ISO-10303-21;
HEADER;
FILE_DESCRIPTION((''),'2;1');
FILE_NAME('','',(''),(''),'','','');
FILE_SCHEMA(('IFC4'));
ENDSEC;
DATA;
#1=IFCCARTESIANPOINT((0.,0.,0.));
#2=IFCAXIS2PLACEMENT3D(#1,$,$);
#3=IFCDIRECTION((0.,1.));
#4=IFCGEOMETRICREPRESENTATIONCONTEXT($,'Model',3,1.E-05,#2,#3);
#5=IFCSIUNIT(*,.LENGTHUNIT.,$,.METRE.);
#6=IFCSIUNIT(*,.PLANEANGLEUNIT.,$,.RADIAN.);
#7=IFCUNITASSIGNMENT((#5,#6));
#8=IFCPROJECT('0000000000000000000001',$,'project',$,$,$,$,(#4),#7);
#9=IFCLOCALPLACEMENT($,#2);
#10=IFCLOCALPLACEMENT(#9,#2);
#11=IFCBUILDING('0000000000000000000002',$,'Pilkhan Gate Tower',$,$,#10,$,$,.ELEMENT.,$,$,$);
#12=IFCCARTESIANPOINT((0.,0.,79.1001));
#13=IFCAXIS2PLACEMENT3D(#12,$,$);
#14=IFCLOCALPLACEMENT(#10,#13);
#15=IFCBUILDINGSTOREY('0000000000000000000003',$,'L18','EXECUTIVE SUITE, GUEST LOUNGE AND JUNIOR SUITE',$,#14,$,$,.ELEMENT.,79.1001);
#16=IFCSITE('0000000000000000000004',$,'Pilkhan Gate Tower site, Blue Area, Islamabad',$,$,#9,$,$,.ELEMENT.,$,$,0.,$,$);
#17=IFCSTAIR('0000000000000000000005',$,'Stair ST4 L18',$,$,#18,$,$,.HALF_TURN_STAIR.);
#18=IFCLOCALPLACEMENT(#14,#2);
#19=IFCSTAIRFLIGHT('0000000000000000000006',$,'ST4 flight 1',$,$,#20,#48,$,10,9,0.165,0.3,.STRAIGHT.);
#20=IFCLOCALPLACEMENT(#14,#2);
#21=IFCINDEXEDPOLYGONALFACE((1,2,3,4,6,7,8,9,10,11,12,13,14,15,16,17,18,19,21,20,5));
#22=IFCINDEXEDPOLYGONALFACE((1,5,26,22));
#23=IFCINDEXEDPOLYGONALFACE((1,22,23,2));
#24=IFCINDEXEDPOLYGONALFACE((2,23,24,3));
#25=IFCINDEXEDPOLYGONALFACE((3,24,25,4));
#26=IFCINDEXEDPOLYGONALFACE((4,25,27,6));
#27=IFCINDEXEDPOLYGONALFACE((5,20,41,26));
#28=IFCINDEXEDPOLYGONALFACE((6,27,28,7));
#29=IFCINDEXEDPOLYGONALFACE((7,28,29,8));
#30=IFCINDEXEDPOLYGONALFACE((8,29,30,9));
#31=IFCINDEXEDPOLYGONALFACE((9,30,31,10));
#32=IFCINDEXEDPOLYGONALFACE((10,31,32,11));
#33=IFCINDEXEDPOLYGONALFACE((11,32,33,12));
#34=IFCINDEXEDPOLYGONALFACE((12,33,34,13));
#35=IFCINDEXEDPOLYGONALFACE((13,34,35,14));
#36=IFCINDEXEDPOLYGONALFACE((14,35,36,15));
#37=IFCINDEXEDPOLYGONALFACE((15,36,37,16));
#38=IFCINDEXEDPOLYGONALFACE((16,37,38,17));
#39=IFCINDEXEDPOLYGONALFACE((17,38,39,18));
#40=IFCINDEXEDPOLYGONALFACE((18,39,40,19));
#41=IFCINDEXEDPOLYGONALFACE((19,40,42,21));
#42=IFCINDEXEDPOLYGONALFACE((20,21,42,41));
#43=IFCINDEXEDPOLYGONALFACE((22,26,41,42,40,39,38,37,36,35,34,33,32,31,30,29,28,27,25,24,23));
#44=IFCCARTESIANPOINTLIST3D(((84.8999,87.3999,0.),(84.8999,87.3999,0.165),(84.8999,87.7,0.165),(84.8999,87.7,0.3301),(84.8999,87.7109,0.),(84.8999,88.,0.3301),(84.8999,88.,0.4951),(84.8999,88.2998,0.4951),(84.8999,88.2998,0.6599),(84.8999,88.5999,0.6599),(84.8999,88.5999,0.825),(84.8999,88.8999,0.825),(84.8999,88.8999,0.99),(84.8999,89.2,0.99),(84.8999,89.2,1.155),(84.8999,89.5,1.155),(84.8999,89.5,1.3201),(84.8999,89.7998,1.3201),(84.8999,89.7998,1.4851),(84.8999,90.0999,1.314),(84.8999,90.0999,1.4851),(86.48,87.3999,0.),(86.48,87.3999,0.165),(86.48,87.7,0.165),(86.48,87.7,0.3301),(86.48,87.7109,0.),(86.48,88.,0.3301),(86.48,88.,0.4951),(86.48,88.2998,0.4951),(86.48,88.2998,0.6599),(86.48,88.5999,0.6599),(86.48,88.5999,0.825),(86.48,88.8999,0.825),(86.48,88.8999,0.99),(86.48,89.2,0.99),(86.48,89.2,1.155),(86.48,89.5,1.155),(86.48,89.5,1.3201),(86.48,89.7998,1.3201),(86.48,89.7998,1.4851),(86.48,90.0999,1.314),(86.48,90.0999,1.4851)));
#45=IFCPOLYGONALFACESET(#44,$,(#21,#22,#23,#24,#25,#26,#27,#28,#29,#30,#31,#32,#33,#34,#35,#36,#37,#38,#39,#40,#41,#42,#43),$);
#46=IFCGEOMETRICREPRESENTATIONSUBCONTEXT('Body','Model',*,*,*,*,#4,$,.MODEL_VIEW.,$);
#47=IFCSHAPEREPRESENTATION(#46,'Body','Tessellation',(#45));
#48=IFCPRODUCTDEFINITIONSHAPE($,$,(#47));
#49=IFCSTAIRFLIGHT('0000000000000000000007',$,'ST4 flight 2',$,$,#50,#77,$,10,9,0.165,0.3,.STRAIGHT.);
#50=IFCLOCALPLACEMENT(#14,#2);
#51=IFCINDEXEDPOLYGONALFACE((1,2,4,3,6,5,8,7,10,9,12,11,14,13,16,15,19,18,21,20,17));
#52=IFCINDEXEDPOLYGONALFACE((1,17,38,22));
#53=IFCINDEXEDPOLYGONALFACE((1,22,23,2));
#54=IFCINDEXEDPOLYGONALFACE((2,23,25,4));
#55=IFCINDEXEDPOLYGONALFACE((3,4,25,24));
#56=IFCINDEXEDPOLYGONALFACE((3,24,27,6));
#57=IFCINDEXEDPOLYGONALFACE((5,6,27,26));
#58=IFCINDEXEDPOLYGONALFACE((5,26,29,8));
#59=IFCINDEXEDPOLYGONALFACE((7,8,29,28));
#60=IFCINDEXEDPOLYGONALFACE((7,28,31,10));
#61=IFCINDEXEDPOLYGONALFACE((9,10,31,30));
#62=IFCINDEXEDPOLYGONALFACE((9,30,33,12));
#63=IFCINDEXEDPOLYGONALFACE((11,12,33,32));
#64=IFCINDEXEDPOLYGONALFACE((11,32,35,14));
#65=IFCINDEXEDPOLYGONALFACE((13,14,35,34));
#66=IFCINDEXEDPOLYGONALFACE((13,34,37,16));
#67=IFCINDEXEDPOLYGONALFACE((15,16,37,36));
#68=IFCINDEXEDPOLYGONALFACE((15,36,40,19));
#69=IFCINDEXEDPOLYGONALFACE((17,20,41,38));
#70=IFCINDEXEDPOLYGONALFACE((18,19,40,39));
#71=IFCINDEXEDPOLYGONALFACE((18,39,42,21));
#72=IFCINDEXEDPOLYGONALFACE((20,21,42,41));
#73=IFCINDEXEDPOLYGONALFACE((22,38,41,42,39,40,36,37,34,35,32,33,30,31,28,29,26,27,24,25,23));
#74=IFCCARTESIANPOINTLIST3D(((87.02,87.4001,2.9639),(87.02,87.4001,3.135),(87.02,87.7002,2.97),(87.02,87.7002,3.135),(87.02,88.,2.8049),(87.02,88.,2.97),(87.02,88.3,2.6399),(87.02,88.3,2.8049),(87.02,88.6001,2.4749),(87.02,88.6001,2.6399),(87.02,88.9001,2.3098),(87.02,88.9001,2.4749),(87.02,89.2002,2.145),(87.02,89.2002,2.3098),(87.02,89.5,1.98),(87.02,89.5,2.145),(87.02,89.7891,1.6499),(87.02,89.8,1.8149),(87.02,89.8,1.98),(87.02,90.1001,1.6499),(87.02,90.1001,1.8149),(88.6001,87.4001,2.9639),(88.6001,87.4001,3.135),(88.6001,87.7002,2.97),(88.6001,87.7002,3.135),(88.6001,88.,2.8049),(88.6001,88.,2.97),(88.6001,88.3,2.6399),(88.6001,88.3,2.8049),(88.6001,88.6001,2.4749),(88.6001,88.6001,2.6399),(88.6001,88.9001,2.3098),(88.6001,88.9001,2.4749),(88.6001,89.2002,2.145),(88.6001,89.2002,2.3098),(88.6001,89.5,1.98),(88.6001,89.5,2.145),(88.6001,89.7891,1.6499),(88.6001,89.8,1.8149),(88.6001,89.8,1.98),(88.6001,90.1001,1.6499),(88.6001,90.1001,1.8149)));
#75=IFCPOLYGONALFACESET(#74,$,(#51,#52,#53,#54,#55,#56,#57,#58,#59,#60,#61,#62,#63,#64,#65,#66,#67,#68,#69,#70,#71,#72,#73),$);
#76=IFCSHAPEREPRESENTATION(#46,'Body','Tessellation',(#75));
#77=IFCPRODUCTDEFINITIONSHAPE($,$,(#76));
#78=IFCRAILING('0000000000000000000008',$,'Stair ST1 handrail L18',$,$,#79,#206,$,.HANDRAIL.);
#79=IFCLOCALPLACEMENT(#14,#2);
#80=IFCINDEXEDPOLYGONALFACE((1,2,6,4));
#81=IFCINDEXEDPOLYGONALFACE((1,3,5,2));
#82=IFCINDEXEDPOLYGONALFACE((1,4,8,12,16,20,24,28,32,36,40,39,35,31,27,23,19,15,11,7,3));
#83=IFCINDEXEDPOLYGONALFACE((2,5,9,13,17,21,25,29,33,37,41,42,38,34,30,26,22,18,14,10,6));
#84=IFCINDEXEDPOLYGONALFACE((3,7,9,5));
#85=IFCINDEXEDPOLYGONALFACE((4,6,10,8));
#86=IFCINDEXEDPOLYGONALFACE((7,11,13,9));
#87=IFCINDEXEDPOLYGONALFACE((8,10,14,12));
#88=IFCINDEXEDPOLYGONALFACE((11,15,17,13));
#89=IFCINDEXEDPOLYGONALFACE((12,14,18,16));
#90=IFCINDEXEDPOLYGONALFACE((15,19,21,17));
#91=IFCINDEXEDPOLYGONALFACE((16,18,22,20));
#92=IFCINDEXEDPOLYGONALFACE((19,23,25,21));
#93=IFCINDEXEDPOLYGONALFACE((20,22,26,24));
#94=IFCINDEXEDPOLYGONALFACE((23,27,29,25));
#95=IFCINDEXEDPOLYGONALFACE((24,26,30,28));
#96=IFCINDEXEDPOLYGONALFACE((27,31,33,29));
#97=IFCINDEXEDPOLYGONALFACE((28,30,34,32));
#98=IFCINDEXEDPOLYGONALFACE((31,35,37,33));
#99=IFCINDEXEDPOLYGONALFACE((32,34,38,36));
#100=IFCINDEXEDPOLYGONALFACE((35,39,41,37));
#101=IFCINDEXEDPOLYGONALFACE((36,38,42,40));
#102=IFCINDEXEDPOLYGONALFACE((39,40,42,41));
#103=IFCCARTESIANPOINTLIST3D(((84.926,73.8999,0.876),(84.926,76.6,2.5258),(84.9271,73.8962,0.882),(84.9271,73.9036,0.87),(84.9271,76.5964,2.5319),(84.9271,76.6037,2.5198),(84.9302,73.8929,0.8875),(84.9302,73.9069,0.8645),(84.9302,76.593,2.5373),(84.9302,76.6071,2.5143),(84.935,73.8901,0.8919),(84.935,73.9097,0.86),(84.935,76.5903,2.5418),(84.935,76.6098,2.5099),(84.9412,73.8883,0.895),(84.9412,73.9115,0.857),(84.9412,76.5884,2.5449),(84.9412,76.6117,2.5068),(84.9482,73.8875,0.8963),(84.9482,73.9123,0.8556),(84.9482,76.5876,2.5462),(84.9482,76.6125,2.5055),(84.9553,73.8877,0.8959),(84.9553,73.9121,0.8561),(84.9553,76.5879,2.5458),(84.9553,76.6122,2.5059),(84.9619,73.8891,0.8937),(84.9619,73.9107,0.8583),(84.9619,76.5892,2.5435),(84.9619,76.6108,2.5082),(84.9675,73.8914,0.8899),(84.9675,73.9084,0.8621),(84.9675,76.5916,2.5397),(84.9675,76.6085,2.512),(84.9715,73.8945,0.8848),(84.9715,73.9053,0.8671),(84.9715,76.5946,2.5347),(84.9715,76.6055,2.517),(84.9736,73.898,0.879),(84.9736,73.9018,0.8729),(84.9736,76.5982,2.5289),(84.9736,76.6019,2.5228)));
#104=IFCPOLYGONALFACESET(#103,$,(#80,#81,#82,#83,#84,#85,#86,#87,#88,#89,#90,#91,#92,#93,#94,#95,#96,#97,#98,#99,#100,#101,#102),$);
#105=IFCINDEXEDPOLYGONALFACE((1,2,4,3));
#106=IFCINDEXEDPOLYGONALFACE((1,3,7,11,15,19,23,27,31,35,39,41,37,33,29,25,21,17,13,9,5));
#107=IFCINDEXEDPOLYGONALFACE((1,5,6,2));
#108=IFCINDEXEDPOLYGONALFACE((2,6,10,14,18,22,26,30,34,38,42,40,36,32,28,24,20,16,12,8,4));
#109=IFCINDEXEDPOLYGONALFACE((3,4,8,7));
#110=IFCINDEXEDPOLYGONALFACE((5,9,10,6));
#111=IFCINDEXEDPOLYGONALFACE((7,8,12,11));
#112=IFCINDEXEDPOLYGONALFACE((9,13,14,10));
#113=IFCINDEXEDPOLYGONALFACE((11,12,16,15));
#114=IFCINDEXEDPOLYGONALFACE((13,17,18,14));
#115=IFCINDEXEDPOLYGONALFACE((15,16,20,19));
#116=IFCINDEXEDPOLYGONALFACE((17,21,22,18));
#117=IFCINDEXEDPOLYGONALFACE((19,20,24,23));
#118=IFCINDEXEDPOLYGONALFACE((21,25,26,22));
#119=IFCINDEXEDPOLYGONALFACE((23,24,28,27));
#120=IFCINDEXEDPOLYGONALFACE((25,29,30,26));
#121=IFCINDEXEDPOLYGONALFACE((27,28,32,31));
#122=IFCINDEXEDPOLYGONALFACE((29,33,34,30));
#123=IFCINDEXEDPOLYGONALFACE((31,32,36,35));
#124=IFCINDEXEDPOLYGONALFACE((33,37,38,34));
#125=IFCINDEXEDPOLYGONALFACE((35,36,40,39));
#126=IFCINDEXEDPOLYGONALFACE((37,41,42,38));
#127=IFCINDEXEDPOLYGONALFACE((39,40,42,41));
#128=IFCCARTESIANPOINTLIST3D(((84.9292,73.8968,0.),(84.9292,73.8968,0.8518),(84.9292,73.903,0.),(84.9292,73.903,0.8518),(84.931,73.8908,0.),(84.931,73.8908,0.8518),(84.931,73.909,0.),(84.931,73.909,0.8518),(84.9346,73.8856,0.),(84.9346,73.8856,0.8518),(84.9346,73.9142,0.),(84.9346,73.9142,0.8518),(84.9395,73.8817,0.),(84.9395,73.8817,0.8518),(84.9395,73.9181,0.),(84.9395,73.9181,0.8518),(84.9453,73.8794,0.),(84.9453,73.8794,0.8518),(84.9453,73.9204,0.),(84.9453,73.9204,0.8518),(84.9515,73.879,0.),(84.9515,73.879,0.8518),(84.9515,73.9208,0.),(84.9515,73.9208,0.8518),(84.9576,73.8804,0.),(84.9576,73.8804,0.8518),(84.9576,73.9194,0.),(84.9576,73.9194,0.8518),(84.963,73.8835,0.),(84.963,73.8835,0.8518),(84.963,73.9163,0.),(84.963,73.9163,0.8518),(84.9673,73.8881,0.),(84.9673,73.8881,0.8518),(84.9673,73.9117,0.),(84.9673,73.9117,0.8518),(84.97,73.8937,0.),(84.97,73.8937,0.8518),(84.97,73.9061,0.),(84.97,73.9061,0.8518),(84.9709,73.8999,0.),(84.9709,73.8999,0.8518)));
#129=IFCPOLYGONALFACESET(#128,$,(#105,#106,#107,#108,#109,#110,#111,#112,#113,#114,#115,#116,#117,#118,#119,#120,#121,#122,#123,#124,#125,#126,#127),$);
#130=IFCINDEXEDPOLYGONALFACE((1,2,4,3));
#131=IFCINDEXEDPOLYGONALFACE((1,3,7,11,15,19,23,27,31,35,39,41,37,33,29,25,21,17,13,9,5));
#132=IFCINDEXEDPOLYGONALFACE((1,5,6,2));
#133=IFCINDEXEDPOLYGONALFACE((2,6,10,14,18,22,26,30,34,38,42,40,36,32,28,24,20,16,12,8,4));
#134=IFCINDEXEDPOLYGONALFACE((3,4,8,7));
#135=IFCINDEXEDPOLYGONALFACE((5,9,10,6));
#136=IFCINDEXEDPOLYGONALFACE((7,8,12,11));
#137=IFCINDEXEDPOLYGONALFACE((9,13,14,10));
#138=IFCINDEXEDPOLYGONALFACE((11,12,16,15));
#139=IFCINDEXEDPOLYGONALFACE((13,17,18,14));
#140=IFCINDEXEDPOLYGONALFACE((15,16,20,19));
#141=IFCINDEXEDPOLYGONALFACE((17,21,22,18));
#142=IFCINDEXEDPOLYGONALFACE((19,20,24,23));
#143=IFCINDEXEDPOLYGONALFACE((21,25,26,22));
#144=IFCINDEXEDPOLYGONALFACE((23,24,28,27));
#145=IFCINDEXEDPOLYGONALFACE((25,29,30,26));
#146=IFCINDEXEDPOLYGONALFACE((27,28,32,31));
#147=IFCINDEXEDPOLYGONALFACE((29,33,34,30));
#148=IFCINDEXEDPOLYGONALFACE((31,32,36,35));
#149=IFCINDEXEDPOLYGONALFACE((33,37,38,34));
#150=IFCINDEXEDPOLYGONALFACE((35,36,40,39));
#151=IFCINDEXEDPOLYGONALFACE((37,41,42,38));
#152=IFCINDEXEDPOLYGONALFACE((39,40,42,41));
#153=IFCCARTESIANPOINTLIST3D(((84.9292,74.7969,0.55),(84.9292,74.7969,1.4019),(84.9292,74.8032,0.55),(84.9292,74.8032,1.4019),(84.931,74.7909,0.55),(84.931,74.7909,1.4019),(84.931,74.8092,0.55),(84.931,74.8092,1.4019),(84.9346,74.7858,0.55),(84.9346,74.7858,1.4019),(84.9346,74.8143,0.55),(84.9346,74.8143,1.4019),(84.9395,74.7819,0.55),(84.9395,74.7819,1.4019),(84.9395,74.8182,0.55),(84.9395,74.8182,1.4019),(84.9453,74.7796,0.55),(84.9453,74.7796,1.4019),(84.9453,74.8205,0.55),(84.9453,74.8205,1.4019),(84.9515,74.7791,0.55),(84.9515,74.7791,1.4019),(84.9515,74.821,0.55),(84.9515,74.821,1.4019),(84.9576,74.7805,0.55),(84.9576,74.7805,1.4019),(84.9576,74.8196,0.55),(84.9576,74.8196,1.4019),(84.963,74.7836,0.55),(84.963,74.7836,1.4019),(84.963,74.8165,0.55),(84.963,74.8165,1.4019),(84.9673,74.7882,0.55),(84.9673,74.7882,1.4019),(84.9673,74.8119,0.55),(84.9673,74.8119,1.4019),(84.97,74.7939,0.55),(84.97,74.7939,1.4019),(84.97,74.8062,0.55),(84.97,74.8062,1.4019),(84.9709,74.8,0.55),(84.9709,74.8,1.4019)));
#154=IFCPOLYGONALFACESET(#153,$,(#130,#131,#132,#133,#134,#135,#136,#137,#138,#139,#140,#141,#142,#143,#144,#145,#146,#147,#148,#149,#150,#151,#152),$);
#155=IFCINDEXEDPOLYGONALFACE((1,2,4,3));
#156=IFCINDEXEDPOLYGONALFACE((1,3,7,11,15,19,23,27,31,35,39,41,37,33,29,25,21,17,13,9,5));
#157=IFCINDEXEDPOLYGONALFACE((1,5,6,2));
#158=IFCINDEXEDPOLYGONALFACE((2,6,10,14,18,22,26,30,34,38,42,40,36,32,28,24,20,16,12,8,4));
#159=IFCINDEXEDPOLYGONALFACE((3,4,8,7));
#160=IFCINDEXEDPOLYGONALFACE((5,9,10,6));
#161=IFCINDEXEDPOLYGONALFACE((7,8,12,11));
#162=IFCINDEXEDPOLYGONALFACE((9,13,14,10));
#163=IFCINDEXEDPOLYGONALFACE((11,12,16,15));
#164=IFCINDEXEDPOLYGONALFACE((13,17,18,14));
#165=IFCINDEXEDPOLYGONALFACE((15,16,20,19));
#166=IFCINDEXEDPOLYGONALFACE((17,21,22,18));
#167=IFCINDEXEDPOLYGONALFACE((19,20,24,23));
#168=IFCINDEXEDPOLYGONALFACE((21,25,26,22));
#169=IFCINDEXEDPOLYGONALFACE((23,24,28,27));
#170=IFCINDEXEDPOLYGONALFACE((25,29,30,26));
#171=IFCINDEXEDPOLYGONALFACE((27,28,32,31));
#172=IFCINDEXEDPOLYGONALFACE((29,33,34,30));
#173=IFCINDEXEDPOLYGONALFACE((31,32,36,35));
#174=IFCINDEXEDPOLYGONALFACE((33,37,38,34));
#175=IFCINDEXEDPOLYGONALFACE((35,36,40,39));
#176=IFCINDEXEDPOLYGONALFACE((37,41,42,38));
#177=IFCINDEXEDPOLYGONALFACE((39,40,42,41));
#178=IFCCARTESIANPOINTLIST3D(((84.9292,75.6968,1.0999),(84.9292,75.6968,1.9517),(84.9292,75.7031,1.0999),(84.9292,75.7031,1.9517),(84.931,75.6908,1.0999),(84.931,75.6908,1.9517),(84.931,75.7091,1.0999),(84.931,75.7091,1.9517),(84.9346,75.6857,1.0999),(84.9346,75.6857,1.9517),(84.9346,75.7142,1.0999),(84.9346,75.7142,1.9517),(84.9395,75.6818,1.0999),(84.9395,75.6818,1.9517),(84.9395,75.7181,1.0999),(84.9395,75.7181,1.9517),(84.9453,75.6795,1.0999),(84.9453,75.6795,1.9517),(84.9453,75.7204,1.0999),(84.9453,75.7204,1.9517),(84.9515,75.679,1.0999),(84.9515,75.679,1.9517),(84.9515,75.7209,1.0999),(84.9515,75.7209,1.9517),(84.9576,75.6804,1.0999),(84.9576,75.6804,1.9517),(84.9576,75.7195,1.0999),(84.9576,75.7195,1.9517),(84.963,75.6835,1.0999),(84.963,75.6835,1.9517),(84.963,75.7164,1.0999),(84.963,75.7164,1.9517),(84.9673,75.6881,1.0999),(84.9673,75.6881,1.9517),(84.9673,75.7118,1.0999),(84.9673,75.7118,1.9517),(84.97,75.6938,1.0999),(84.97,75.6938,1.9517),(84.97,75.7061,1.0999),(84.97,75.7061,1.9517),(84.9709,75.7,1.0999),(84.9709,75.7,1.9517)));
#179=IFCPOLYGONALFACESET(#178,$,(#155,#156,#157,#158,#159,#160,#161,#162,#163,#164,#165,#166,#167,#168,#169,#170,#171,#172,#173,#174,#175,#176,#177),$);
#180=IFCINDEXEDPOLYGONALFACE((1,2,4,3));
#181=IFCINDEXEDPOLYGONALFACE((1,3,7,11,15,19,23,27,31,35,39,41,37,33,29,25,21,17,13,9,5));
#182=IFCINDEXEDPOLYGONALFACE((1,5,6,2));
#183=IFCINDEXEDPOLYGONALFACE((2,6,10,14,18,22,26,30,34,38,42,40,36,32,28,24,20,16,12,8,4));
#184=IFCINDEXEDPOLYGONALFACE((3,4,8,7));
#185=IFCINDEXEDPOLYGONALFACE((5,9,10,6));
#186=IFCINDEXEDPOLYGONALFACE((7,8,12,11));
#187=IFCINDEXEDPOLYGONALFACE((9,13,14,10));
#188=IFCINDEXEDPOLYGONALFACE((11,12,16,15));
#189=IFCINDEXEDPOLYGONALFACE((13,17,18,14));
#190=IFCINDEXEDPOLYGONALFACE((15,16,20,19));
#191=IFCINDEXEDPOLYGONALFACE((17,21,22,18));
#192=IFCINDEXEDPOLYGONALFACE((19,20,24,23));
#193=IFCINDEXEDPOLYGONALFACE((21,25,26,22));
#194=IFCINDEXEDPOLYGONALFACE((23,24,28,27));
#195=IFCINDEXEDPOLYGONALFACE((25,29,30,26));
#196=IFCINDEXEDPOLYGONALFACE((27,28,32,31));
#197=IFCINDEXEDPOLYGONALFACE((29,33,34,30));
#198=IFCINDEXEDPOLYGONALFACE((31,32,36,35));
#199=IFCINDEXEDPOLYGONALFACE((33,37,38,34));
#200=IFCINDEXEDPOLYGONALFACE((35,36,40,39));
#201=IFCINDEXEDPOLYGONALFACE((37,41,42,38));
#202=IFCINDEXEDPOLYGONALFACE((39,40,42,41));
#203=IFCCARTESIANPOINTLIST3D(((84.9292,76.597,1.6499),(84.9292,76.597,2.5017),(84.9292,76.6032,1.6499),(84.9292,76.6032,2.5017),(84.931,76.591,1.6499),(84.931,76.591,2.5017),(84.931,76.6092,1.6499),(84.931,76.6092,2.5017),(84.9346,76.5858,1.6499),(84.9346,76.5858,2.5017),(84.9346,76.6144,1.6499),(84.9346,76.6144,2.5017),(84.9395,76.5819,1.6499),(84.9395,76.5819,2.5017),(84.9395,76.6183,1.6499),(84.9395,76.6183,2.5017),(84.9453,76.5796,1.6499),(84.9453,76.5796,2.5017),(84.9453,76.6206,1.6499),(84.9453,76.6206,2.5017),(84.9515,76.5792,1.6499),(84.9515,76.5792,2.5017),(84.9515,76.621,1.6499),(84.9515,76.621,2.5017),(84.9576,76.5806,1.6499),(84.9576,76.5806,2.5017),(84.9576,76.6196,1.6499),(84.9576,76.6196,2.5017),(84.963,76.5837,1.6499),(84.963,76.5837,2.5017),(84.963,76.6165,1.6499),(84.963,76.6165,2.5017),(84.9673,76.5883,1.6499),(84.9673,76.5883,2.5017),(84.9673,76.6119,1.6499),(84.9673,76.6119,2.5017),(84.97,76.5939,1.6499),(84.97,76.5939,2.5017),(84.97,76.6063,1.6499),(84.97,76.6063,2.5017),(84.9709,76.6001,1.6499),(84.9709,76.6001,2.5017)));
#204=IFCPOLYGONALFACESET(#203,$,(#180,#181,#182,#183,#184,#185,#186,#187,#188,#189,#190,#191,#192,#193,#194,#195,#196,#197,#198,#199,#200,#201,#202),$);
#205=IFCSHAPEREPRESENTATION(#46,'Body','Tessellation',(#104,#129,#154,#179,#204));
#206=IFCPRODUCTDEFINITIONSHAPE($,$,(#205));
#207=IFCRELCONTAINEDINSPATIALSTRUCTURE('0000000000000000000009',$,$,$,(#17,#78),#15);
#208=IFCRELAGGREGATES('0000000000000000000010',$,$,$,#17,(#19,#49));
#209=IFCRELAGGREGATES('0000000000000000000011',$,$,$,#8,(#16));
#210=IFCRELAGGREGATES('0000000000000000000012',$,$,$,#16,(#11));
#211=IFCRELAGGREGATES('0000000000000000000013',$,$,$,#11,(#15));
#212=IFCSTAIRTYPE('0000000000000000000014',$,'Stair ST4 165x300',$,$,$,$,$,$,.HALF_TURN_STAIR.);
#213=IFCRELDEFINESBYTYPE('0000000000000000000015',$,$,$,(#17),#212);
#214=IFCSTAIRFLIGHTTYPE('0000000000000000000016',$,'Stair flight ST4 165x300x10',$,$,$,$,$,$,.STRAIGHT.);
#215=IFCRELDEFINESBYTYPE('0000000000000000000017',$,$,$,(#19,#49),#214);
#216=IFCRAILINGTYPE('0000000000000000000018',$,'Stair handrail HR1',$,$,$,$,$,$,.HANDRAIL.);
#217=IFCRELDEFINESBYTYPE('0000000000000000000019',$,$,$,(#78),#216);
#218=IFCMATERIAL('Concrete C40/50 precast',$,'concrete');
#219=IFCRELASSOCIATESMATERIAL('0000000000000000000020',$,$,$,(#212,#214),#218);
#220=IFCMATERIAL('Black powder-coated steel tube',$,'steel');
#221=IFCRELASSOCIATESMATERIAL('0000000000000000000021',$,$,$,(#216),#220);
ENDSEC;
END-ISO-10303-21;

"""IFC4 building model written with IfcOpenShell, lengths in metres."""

from ifc_helpers import new_model, si_unit, direction, frame, origin, origin_2d, place, context, subcontext, project, spatial, polyline, circle, outline, extrude, material, type_object, element, aggregate, save


model = new_model("IFC4")

# Units and contexts
model_context = context("Model", 3, precision=1e-05, world=origin(), true_north=direction((0.0, 1.0)))
body_context = subcontext(model_context, "Body", "Model", "MODEL_VIEW")
ifc_project = project(units=[si_unit("LENGTHUNIT", "METRE"), si_unit("PLANEANGLEUNIT", "RADIAN")], contexts=[model_context])

# Site, building, storey
site_placement = place(None, origin())
site = spatial("IfcSite", under=ifc_project, at=site_placement, Name="Pilkhan Gate Tower site, Blue Area, Islamabad", CompositionType="ELEMENT", RefElevation=0.0)
building_placement = place(site_placement, origin())
building = spatial("IfcBuilding", under=site, at=building_placement, Name="Pilkhan Gate Tower", CompositionType="ELEMENT")
storey_placement = place(building_placement, frame((0.0, 0.0, 79.1001)))
storey = spatial("IfcBuildingStorey", under=building, at=storey_placement, Name="L18", Description="EXECUTIVE SUITE, GUEST LOUNGE AND JUNIOR SUITE", CompositionType="ELEMENT", Elevation=79.1001)

# Stair, stair flights
ifc_material_1 = material(Name="Concrete C40/50 precast", Category="concrete")
stair_type_1 = type_object("IfcStairType", Name="Stair ST4 165x300", PredefinedType="HALF_TURN_STAIR", material=ifc_material_1)
stair_1_placement = place(storey_placement, origin())
stair_1 = element("IfcStair", 1, at=stair_1_placement, inside=storey, type_object=stair_type_1, Name="Stair ST4 L18", PredefinedType="HALF_TURN_STAIR")
stair_flight_type_1 = type_object("IfcStairFlightType", Name="Stair flight ST4 165x300x10", PredefinedType="STRAIGHT", material=ifc_material_1)
stair_flight_1_placement = place(storey_placement, frame((85.6899, 87.3999, 0.0), z_axis=(0.0, 0.0, 1.0), x_axis=(0.0, 1.0, 0.0)))
stair_flight_1 = element("IfcStairFlight", 2, at=stair_flight_1_placement, type_object=stair_flight_type_1, Name="ST4 flight 1", NumberOfRisers=10, NumberOfTreads=9, PredefinedType="STRAIGHT", RiserHeight=0.165, TreadLength=0.3, context=body_context, shape_type="SweptSolid", body=[
    extrude(outline(polyline([(0.0, 0.0), (0.0, 0.165), (0.3, 0.165), (0.3, 0.3301), (0.6001, 0.3301), (0.6001, 0.4951), (0.8999, 0.4951), (0.8999, 0.6599), (1.2, 0.6599), (1.2, 0.825), (1.5, 0.825), (1.5, 0.99), (1.8, 0.99), (1.8, 1.155), (2.1001, 1.155), (2.1001, 1.3201), (2.3999, 1.3201), (2.3999, 1.4851), (2.7, 1.4851), (2.7, 1.6499), (2.7, 1.314), (0.311, 0.0), (0.0, 0.0)])), frame((0.0, 0.79, 0.0), z_axis=(0.0, -1.0, 0.0), x_axis=(1.0, 0.0, 0.0)), (0.0, 0.0, 1.0), 1.5801),
])
stair_flight_2_placement = place(storey_placement, frame((87.8101, 90.1001, 1.6499), z_axis=(0.0, 0.0, 1.0), x_axis=(0.0, -1.0, 0.0)))
stair_flight_2 = element("IfcStairFlight", 3, at=stair_flight_2_placement, type_object=stair_flight_type_1, Name="ST4 flight 2", NumberOfRisers=10, NumberOfTreads=9, PredefinedType="STRAIGHT", RiserHeight=0.165, TreadLength=0.3, context=body_context, shape_type="SweptSolid", body=[
    extrude(outline(polyline([(0.0, 0.0), (0.0, 0.165), (0.3, 0.165), (0.3, 0.3301), (0.6001, 0.3301), (0.6001, 0.4951), (0.8999, 0.4951), (0.8999, 0.6599), (1.2, 0.6599), (1.2, 0.825), (1.5, 0.825), (1.5, 0.99), (1.8, 0.99), (1.8, 1.155), (2.1001, 1.155), (2.1001, 1.3201), (2.3999, 1.3201), (2.3999, 1.4851), (2.7, 1.4851), (2.7, 1.6499), (2.7, 1.314), (0.311, 0.0), (0.0, 0.0)])), frame((0.0, 0.79, 0.0), z_axis=(0.0, -1.0, 0.0), x_axis=(1.0, 0.0, 0.0)), (0.0, 0.0, 1.0), 1.5801),
])
aggregate(stair_1, [stair_flight_1, stair_flight_2])

# Railing
ifc_material_2 = material(Name="Black powder-coated steel tube", Category="steel")
railing_type_1 = type_object("IfcRailingType", Name="Stair handrail HR1", PredefinedType="HANDRAIL", material=ifc_material_2)
railing_1_placement = place(storey_placement, frame((84.95, 73.8999, 0.0)))
element("IfcRailing", 4, at=railing_1_placement, inside=storey, type_object=railing_type_1, Name="Stair ST1 handrail L18", PredefinedType="HANDRAIL", context=body_context, shape_type="SweptSolid", body=[
    extrude(circle(Radius=0.0239, at=origin_2d()), frame((0.0, 0.0, 0.876), z_axis=(0.0, 0.853312, 0.5214), x_axis=(-1.0, 0.0, 0.0)), (0.0, 0.0, 1.0), 3.1643),
    extrude(circle(Radius=0.021, at=origin_2d()), origin(), (0.0, 0.0, 1.0), 0.8518),
    extrude(circle(Radius=0.021, at=origin_2d()), frame((0.0, 0.9001, 0.55)), (0.0, 0.0, 1.0), 0.8518),
    extrude(circle(Radius=0.021, at=origin_2d()), frame((0.0, 1.8, 1.0999)), (0.0, 0.0, 1.0), 0.8518),
    extrude(circle(Radius=0.021, at=origin_2d()), frame((0.0, 2.7002, 1.6499)), (0.0, 0.0, 1.0), 0.8518),
])

save(model, "model.ifc")
